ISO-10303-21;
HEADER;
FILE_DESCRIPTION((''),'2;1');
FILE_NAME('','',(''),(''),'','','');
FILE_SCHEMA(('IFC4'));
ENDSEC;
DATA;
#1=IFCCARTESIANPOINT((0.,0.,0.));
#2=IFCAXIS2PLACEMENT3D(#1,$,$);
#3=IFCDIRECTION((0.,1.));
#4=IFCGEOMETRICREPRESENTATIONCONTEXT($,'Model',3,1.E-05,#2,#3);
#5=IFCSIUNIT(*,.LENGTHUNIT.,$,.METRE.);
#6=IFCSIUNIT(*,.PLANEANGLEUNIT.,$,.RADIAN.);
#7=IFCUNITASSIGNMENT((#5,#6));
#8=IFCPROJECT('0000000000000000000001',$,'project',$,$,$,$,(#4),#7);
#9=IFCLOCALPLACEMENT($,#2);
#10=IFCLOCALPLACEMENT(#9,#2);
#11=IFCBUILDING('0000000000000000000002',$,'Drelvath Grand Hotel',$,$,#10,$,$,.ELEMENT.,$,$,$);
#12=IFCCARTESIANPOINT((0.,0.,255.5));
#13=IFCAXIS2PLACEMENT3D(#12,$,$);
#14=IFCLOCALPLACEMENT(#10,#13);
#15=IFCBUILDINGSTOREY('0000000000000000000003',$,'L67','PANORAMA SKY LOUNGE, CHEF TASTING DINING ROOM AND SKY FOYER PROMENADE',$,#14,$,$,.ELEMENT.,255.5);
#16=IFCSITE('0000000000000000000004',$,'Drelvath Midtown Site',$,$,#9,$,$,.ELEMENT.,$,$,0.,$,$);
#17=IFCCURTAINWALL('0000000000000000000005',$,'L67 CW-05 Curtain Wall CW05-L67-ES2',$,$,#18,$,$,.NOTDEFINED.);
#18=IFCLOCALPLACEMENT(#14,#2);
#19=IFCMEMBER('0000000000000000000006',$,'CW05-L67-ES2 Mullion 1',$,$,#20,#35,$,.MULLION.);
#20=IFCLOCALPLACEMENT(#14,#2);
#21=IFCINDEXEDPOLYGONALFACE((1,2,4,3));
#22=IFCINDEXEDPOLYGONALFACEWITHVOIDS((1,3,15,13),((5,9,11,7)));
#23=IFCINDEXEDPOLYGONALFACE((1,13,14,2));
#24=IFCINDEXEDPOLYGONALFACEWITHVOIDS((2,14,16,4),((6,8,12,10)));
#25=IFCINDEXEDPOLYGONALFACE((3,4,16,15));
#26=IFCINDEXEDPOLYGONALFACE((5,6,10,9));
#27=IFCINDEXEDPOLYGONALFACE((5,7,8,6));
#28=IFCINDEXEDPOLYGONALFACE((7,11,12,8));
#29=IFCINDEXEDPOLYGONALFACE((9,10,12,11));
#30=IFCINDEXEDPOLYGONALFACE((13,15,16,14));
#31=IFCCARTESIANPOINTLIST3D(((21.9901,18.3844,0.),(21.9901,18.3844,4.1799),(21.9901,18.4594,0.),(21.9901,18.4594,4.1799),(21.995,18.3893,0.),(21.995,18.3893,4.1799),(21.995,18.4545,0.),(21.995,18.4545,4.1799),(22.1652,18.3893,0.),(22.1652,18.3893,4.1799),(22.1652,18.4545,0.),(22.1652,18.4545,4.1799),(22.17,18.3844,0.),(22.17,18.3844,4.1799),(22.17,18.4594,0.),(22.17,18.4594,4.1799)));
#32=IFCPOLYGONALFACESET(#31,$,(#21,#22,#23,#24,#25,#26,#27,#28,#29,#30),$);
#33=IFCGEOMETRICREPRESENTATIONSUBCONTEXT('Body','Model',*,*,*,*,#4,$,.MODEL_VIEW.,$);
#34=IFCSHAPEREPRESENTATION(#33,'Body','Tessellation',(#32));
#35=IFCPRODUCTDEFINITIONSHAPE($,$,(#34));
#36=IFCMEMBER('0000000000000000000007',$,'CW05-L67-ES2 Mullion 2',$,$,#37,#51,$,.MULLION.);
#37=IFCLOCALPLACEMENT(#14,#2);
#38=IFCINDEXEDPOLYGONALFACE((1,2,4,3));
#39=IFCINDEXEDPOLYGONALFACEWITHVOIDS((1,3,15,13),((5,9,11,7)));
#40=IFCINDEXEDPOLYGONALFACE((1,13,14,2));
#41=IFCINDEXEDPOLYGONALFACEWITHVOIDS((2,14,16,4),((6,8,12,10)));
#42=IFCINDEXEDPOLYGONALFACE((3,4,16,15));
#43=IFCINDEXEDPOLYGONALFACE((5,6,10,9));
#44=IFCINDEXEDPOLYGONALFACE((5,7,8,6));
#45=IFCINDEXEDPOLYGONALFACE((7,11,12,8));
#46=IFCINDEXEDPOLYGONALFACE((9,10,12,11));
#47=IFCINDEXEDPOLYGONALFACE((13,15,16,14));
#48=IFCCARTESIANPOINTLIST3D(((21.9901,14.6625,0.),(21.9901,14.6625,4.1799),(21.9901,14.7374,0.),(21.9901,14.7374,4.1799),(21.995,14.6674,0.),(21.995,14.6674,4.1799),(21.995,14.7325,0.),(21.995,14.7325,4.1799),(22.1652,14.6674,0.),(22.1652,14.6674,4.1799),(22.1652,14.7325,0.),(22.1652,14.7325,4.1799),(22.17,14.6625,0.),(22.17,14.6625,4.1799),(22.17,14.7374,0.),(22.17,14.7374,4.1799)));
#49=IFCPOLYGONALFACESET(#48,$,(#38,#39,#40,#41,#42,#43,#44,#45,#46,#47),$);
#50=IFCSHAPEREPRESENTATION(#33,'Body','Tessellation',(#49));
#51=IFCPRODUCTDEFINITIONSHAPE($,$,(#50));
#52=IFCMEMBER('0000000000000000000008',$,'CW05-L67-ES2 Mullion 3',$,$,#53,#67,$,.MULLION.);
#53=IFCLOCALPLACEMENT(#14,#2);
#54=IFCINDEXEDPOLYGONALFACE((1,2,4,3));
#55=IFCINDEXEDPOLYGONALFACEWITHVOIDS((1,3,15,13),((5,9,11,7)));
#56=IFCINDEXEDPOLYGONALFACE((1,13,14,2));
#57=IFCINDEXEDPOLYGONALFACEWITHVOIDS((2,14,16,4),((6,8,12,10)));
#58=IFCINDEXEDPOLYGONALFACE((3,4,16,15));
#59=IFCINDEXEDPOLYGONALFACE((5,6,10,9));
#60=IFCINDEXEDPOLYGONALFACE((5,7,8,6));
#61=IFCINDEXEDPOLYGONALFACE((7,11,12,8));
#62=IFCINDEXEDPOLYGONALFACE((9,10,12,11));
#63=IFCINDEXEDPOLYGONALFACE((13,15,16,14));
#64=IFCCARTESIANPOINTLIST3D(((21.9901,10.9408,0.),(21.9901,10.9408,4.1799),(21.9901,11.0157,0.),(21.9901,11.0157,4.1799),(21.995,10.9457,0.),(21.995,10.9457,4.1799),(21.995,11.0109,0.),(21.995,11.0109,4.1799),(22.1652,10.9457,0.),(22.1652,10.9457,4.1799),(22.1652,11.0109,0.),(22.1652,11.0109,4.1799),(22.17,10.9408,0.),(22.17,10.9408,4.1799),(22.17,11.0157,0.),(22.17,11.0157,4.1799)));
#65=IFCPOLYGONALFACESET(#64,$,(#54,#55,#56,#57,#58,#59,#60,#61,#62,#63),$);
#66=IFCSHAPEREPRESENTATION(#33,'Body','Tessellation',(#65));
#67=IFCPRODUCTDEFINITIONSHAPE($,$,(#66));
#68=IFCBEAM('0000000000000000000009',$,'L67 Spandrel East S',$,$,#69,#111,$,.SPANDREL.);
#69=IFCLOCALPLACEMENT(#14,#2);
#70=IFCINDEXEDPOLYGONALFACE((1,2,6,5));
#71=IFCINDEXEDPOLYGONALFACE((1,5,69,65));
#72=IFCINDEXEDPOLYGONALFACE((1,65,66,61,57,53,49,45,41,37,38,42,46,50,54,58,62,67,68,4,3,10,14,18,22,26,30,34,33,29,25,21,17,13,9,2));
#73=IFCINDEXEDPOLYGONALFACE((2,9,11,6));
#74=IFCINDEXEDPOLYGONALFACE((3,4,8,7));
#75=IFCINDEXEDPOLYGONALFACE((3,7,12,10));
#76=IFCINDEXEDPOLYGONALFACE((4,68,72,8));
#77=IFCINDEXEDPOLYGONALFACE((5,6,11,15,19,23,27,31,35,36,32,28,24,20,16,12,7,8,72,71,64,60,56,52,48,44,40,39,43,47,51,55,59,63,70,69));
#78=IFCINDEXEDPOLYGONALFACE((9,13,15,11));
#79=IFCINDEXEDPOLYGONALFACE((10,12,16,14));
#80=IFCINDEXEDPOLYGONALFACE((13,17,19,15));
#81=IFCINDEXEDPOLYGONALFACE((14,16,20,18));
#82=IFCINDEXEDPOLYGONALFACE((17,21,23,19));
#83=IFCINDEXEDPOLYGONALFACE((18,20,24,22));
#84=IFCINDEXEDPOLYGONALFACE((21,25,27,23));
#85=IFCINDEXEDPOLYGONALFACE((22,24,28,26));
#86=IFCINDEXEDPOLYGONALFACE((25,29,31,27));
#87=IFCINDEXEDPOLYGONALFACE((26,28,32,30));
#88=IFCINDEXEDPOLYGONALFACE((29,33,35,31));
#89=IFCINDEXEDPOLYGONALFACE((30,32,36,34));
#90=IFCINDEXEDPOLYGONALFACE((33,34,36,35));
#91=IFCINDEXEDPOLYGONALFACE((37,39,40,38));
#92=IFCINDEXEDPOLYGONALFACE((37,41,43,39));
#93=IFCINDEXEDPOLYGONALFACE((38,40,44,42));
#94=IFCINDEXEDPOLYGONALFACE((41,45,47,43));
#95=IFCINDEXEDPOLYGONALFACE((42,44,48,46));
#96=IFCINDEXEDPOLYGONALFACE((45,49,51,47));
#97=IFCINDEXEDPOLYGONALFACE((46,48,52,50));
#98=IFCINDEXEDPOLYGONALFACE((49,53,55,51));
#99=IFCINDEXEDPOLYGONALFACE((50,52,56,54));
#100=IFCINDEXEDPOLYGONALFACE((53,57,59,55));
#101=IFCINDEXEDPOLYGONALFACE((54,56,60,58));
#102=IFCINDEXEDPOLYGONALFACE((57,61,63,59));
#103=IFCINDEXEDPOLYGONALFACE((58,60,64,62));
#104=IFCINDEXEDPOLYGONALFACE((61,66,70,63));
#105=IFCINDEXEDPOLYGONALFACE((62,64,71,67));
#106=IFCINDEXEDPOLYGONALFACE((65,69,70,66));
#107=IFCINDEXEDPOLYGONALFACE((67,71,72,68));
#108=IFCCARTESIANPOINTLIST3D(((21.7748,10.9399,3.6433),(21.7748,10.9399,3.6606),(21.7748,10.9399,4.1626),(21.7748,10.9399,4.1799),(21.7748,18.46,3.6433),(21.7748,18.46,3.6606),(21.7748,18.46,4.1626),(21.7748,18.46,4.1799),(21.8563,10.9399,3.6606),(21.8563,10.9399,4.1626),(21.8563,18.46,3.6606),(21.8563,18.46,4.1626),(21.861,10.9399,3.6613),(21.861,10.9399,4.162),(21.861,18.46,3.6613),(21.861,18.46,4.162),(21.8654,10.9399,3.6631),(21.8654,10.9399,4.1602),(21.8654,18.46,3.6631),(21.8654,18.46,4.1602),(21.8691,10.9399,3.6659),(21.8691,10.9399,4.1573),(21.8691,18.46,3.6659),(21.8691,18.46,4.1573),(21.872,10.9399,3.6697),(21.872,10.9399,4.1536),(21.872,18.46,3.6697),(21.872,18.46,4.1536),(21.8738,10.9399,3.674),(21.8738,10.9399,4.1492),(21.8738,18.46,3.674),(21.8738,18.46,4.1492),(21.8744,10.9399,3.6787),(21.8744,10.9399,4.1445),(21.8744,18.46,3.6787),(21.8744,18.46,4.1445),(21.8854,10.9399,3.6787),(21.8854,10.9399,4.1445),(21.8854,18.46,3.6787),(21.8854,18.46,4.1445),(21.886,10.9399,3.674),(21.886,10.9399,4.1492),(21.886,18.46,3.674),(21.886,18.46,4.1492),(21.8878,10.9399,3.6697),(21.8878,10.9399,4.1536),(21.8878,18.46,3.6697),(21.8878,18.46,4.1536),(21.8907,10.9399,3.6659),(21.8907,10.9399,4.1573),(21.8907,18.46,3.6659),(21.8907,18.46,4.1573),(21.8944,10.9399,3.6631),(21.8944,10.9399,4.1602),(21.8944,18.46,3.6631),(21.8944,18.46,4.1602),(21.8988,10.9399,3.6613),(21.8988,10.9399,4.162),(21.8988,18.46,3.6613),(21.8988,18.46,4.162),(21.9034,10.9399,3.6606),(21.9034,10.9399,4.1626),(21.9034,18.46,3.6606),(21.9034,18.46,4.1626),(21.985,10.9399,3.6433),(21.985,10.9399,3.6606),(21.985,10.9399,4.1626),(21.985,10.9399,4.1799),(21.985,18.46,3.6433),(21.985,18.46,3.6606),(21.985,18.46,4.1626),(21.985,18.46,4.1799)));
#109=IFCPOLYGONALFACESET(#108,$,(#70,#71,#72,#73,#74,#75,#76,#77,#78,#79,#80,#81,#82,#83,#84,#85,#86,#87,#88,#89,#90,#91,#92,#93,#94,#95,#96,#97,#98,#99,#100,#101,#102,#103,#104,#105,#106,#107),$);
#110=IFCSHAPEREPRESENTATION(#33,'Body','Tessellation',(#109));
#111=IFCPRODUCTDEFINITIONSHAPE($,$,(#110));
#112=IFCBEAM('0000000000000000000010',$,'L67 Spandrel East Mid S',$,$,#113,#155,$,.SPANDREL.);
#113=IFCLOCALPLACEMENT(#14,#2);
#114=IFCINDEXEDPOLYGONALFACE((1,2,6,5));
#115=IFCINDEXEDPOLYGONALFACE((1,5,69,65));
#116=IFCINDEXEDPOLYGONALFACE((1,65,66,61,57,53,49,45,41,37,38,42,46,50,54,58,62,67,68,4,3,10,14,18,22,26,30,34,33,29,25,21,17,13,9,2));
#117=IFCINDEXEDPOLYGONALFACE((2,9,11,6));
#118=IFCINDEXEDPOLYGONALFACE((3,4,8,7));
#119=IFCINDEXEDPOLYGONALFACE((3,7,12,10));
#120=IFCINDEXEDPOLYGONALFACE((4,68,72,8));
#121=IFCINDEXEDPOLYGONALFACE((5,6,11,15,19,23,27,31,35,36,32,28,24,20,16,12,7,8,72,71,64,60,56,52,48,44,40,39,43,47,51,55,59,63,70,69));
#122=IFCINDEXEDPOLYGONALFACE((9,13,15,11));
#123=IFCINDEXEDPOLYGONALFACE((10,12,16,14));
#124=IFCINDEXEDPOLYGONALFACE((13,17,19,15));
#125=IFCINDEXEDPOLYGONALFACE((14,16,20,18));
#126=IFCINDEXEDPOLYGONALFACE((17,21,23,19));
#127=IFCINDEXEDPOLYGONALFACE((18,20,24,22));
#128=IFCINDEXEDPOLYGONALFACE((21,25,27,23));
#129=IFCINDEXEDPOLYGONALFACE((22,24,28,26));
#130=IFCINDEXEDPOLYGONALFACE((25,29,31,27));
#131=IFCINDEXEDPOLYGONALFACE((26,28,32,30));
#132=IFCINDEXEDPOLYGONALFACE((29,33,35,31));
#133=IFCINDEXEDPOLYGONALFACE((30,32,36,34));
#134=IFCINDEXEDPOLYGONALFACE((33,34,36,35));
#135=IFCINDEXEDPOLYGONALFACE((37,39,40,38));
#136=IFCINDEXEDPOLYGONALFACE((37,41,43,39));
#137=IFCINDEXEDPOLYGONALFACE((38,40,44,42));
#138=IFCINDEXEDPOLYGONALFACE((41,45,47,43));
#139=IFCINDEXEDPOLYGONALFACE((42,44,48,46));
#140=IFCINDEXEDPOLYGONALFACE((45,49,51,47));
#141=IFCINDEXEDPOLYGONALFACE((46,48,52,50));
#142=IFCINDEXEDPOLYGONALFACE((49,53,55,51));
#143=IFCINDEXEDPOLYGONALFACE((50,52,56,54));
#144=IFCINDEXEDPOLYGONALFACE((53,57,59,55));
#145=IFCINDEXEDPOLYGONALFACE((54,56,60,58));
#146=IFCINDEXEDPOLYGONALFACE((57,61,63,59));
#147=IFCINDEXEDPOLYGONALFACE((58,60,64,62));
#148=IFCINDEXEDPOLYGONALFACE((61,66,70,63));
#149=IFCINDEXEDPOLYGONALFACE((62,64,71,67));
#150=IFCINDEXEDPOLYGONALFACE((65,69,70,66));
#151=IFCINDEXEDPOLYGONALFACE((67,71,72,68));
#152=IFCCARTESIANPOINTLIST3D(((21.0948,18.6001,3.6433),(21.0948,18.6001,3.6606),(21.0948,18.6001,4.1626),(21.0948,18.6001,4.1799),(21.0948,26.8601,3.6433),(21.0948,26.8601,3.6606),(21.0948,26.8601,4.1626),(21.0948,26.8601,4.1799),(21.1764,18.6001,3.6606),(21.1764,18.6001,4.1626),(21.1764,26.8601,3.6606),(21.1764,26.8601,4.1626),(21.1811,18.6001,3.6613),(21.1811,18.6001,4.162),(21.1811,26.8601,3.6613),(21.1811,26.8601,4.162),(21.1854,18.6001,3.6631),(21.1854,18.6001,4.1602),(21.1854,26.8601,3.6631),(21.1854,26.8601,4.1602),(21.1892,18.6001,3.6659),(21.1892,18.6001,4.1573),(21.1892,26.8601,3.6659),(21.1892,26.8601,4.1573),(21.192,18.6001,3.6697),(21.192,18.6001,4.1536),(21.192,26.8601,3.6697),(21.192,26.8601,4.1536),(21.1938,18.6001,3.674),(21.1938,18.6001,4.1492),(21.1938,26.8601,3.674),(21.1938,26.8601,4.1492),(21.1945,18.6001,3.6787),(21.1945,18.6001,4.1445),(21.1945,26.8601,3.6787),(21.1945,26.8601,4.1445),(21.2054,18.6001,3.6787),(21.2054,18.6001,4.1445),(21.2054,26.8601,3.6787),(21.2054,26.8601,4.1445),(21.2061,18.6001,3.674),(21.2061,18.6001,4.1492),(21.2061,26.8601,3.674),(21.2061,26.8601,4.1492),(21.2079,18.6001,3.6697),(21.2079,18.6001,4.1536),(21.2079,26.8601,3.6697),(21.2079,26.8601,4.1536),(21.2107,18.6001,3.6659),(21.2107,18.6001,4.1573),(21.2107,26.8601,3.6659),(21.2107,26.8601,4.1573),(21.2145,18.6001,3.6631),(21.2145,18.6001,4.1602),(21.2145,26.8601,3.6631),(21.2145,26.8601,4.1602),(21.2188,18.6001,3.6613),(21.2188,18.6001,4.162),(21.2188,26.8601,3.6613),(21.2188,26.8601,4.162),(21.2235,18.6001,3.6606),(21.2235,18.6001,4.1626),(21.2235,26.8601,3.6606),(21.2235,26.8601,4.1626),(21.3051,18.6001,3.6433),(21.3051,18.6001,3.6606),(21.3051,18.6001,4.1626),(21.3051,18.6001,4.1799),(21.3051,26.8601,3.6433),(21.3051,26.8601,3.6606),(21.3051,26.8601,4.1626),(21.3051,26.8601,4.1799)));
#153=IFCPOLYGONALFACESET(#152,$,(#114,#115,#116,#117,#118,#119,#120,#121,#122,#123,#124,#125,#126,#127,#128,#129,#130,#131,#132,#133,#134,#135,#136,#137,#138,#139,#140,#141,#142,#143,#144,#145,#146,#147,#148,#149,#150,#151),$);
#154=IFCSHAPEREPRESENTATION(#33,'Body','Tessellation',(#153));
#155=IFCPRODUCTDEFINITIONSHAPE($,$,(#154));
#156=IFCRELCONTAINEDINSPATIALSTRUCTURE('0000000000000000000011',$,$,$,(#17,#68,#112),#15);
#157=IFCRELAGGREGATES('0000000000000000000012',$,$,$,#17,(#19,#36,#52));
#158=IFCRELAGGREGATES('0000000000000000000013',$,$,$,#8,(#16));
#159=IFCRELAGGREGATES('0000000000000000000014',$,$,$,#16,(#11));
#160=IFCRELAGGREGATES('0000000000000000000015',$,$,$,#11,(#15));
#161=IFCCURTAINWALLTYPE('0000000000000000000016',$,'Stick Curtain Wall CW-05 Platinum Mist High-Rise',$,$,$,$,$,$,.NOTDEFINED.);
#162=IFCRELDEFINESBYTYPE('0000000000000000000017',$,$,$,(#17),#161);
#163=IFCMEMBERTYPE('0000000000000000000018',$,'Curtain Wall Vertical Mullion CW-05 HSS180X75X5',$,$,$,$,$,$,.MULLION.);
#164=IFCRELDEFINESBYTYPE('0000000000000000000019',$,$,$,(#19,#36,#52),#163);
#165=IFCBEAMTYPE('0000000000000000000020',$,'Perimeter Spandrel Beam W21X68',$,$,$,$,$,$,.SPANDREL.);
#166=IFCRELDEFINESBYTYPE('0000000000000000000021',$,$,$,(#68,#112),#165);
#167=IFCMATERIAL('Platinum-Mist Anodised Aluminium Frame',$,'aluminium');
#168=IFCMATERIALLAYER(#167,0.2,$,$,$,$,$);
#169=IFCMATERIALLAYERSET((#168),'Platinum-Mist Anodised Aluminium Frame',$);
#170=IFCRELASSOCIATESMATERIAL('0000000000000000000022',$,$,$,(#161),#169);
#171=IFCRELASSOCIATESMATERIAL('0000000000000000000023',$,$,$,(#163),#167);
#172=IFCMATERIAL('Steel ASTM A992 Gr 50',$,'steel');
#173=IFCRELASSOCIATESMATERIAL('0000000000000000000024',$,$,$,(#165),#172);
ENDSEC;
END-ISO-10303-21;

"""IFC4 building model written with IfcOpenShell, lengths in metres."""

from ifc_helpers import new_model, si_unit, direction, frame, origin, origin_2d, place, context, subcontext, project, spatial, hollow_rectangle, i_section, extrude, material, layer, layer_set, material_profile, profile_set, type_object, element, aggregate, save


model = new_model("IFC4")

# Units and contexts
model_context = context("Model", 3, precision=1e-05, world=origin(), true_north=direction((0.0, 1.0)))
body_context = subcontext(model_context, "Body", "Model", "MODEL_VIEW")
ifc_project = project(units=[si_unit("LENGTHUNIT", "METRE"), si_unit("PLANEANGLEUNIT", "RADIAN")], contexts=[model_context])

# Site, building, storey
site_placement = place(None, origin())
site = spatial("IfcSite", under=ifc_project, at=site_placement, Name="Drelvath Midtown Site", CompositionType="ELEMENT", RefElevation=0.0)
building_placement = place(site_placement, origin())
building = spatial("IfcBuilding", under=site, at=building_placement, Name="Drelvath Grand Hotel", CompositionType="ELEMENT")
storey_placement = place(building_placement, frame((0.0, 0.0, 255.5)))
storey = spatial("IfcBuildingStorey", under=building, at=storey_placement, Name="L67", Description="PANORAMA SKY LOUNGE, CHEF TASTING DINING ROOM AND SKY FOYER PROMENADE", CompositionType="ELEMENT", Elevation=255.5)

# Curtain wall
ifc_material_1 = material(Name="Platinum-Mist Anodised Aluminium Frame", Category="aluminium")
ifc_layer_1 = layer(ifc_material_1, 0.2)
ifc_layer_set_1 = layer_set([ifc_layer_1], Name="Platinum-Mist Anodised Aluminium Frame")
curtain_wall_type = type_object("IfcCurtainWallType", Name="Stick Curtain Wall CW-05 Platinum Mist High-Rise", PredefinedType="NOTDEFINED", material=ifc_layer_set_1)
curtain_wall_1_placement = place(storey_placement, origin())
curtain_wall_1 = element("IfcCurtainWall", 1, at=curtain_wall_1_placement, inside=storey, type_object=curtain_wall_type, Name="L67 CW-05 Curtain Wall CW05-L67-ES2", PredefinedType="NOTDEFINED")

# Members
ifc_material_profile_1 = material_profile(ifc_material_1, hollow_rectangle(XDim=0.075, YDim=0.1799, WallThickness=0.0049, at=origin_2d()), Name="HSS180X75X5")
ifc_profile_set_1 = profile_set([ifc_material_profile_1], Name="Platinum-Mist Anodised Aluminium Frame")
member_type_1 = type_object("IfcMemberType", Name="Curtain Wall Vertical Mullion CW-05 HSS180X75X5", PredefinedType="MULLION", material=ifc_profile_set_1)
member_1_placement = place(storey_placement, frame((22.0801, 18.4219, 0.0), z_axis=(0.0, 0.0, 1.0), x_axis=(0.0, 1.0, 0.0)))
member_1 = element("IfcMember", 2, at=member_1_placement, type_object=member_type_1, Name="CW05-L67-ES2 Mullion 1", PredefinedType="MULLION", context=body_context, shape_type="SweptSolid", body=[
    extrude(hollow_rectangle(XDim=0.075, YDim=0.1799, WallThickness=0.0049, at=origin_2d()), origin(), (0.0, 0.0, 1.0), 4.1799),
])
member_2_placement = place(storey_placement, frame((22.0801, 14.7, 0.0), z_axis=(0.0, 0.0, 1.0), x_axis=(0.0, 1.0, 0.0)))
member_2 = element("IfcMember", 3, at=member_2_placement, type_object=member_type_1, Name="CW05-L67-ES2 Mullion 2", PredefinedType="MULLION", context=body_context, shape_type="SweptSolid", body=[
    extrude(hollow_rectangle(XDim=0.075, YDim=0.1799, WallThickness=0.0049, at=origin_2d()), origin(), (0.0, 0.0, 1.0), 4.1799),
])
member_3_placement = place(storey_placement, frame((22.0801, 10.9783, 0.0), z_axis=(0.0, 0.0, 1.0), x_axis=(0.0, 1.0, 0.0)))
member_3 = element("IfcMember", 4, at=member_3_placement, type_object=member_type_1, Name="CW05-L67-ES2 Mullion 3", PredefinedType="MULLION", context=body_context, shape_type="SweptSolid", body=[
    extrude(hollow_rectangle(XDim=0.075, YDim=0.1799, WallThickness=0.0049, at=origin_2d()), origin(), (0.0, 0.0, 1.0), 4.1799),
])

# Beams
ifc_material_2 = material(Name="Steel ASTM A992 Gr 50", Category="steel")
ifc_material_profile_2 = material_profile(ifc_material_2, i_section(OverallWidth=0.2102, OverallDepth=0.5366, WebThickness=0.011, FlangeThickness=0.0173, FilletRadius=0.0181, at=origin_2d()), Name="W21X68")
ifc_profile_set_2 = profile_set([ifc_material_profile_2], Name="Steel ASTM A992 Gr 50")
beam_type_1 = type_object("IfcBeamType", Name="Perimeter Spandrel Beam W21X68", PredefinedType="SPANDREL", material=ifc_profile_set_2)
beam_1_placement = place(storey_placement, frame((21.8799, 10.9399, 3.9116), z_axis=(0.0, 1.0, 0.0), x_axis=(-1.0, 0.0, 0.0)))
element("IfcBeam", 5, at=beam_1_placement, inside=storey, type_object=beam_type_1, Name="L67 Spandrel East S", PredefinedType="SPANDREL", context=body_context, shape_type="SweptSolid", body=[
    extrude(i_section(OverallWidth=0.2102, OverallDepth=0.5366, WebThickness=0.011, FlangeThickness=0.0173, FilletRadius=0.0181, at=origin_2d()), origin(), (0.0, 0.0, 1.0), 7.52),
])
beam_2_placement = place(storey_placement, frame((21.2, 18.6001, 3.9116), z_axis=(0.0, 1.0, 0.0), x_axis=(-1.0, 0.0, 0.0)))
element("IfcBeam", 6, at=beam_2_placement, inside=storey, type_object=beam_type_1, Name="L67 Spandrel East Mid S", PredefinedType="SPANDREL", context=body_context, shape_type="SweptSolid", body=[
    extrude(i_section(OverallWidth=0.2102, OverallDepth=0.5366, WebThickness=0.011, FlangeThickness=0.0173, FilletRadius=0.0181, at=origin_2d()), origin(), (0.0, 0.0, 1.0), 8.26),
])

aggregate(curtain_wall_1, [member_1, member_2, member_3])

save(model, "model.ifc")
